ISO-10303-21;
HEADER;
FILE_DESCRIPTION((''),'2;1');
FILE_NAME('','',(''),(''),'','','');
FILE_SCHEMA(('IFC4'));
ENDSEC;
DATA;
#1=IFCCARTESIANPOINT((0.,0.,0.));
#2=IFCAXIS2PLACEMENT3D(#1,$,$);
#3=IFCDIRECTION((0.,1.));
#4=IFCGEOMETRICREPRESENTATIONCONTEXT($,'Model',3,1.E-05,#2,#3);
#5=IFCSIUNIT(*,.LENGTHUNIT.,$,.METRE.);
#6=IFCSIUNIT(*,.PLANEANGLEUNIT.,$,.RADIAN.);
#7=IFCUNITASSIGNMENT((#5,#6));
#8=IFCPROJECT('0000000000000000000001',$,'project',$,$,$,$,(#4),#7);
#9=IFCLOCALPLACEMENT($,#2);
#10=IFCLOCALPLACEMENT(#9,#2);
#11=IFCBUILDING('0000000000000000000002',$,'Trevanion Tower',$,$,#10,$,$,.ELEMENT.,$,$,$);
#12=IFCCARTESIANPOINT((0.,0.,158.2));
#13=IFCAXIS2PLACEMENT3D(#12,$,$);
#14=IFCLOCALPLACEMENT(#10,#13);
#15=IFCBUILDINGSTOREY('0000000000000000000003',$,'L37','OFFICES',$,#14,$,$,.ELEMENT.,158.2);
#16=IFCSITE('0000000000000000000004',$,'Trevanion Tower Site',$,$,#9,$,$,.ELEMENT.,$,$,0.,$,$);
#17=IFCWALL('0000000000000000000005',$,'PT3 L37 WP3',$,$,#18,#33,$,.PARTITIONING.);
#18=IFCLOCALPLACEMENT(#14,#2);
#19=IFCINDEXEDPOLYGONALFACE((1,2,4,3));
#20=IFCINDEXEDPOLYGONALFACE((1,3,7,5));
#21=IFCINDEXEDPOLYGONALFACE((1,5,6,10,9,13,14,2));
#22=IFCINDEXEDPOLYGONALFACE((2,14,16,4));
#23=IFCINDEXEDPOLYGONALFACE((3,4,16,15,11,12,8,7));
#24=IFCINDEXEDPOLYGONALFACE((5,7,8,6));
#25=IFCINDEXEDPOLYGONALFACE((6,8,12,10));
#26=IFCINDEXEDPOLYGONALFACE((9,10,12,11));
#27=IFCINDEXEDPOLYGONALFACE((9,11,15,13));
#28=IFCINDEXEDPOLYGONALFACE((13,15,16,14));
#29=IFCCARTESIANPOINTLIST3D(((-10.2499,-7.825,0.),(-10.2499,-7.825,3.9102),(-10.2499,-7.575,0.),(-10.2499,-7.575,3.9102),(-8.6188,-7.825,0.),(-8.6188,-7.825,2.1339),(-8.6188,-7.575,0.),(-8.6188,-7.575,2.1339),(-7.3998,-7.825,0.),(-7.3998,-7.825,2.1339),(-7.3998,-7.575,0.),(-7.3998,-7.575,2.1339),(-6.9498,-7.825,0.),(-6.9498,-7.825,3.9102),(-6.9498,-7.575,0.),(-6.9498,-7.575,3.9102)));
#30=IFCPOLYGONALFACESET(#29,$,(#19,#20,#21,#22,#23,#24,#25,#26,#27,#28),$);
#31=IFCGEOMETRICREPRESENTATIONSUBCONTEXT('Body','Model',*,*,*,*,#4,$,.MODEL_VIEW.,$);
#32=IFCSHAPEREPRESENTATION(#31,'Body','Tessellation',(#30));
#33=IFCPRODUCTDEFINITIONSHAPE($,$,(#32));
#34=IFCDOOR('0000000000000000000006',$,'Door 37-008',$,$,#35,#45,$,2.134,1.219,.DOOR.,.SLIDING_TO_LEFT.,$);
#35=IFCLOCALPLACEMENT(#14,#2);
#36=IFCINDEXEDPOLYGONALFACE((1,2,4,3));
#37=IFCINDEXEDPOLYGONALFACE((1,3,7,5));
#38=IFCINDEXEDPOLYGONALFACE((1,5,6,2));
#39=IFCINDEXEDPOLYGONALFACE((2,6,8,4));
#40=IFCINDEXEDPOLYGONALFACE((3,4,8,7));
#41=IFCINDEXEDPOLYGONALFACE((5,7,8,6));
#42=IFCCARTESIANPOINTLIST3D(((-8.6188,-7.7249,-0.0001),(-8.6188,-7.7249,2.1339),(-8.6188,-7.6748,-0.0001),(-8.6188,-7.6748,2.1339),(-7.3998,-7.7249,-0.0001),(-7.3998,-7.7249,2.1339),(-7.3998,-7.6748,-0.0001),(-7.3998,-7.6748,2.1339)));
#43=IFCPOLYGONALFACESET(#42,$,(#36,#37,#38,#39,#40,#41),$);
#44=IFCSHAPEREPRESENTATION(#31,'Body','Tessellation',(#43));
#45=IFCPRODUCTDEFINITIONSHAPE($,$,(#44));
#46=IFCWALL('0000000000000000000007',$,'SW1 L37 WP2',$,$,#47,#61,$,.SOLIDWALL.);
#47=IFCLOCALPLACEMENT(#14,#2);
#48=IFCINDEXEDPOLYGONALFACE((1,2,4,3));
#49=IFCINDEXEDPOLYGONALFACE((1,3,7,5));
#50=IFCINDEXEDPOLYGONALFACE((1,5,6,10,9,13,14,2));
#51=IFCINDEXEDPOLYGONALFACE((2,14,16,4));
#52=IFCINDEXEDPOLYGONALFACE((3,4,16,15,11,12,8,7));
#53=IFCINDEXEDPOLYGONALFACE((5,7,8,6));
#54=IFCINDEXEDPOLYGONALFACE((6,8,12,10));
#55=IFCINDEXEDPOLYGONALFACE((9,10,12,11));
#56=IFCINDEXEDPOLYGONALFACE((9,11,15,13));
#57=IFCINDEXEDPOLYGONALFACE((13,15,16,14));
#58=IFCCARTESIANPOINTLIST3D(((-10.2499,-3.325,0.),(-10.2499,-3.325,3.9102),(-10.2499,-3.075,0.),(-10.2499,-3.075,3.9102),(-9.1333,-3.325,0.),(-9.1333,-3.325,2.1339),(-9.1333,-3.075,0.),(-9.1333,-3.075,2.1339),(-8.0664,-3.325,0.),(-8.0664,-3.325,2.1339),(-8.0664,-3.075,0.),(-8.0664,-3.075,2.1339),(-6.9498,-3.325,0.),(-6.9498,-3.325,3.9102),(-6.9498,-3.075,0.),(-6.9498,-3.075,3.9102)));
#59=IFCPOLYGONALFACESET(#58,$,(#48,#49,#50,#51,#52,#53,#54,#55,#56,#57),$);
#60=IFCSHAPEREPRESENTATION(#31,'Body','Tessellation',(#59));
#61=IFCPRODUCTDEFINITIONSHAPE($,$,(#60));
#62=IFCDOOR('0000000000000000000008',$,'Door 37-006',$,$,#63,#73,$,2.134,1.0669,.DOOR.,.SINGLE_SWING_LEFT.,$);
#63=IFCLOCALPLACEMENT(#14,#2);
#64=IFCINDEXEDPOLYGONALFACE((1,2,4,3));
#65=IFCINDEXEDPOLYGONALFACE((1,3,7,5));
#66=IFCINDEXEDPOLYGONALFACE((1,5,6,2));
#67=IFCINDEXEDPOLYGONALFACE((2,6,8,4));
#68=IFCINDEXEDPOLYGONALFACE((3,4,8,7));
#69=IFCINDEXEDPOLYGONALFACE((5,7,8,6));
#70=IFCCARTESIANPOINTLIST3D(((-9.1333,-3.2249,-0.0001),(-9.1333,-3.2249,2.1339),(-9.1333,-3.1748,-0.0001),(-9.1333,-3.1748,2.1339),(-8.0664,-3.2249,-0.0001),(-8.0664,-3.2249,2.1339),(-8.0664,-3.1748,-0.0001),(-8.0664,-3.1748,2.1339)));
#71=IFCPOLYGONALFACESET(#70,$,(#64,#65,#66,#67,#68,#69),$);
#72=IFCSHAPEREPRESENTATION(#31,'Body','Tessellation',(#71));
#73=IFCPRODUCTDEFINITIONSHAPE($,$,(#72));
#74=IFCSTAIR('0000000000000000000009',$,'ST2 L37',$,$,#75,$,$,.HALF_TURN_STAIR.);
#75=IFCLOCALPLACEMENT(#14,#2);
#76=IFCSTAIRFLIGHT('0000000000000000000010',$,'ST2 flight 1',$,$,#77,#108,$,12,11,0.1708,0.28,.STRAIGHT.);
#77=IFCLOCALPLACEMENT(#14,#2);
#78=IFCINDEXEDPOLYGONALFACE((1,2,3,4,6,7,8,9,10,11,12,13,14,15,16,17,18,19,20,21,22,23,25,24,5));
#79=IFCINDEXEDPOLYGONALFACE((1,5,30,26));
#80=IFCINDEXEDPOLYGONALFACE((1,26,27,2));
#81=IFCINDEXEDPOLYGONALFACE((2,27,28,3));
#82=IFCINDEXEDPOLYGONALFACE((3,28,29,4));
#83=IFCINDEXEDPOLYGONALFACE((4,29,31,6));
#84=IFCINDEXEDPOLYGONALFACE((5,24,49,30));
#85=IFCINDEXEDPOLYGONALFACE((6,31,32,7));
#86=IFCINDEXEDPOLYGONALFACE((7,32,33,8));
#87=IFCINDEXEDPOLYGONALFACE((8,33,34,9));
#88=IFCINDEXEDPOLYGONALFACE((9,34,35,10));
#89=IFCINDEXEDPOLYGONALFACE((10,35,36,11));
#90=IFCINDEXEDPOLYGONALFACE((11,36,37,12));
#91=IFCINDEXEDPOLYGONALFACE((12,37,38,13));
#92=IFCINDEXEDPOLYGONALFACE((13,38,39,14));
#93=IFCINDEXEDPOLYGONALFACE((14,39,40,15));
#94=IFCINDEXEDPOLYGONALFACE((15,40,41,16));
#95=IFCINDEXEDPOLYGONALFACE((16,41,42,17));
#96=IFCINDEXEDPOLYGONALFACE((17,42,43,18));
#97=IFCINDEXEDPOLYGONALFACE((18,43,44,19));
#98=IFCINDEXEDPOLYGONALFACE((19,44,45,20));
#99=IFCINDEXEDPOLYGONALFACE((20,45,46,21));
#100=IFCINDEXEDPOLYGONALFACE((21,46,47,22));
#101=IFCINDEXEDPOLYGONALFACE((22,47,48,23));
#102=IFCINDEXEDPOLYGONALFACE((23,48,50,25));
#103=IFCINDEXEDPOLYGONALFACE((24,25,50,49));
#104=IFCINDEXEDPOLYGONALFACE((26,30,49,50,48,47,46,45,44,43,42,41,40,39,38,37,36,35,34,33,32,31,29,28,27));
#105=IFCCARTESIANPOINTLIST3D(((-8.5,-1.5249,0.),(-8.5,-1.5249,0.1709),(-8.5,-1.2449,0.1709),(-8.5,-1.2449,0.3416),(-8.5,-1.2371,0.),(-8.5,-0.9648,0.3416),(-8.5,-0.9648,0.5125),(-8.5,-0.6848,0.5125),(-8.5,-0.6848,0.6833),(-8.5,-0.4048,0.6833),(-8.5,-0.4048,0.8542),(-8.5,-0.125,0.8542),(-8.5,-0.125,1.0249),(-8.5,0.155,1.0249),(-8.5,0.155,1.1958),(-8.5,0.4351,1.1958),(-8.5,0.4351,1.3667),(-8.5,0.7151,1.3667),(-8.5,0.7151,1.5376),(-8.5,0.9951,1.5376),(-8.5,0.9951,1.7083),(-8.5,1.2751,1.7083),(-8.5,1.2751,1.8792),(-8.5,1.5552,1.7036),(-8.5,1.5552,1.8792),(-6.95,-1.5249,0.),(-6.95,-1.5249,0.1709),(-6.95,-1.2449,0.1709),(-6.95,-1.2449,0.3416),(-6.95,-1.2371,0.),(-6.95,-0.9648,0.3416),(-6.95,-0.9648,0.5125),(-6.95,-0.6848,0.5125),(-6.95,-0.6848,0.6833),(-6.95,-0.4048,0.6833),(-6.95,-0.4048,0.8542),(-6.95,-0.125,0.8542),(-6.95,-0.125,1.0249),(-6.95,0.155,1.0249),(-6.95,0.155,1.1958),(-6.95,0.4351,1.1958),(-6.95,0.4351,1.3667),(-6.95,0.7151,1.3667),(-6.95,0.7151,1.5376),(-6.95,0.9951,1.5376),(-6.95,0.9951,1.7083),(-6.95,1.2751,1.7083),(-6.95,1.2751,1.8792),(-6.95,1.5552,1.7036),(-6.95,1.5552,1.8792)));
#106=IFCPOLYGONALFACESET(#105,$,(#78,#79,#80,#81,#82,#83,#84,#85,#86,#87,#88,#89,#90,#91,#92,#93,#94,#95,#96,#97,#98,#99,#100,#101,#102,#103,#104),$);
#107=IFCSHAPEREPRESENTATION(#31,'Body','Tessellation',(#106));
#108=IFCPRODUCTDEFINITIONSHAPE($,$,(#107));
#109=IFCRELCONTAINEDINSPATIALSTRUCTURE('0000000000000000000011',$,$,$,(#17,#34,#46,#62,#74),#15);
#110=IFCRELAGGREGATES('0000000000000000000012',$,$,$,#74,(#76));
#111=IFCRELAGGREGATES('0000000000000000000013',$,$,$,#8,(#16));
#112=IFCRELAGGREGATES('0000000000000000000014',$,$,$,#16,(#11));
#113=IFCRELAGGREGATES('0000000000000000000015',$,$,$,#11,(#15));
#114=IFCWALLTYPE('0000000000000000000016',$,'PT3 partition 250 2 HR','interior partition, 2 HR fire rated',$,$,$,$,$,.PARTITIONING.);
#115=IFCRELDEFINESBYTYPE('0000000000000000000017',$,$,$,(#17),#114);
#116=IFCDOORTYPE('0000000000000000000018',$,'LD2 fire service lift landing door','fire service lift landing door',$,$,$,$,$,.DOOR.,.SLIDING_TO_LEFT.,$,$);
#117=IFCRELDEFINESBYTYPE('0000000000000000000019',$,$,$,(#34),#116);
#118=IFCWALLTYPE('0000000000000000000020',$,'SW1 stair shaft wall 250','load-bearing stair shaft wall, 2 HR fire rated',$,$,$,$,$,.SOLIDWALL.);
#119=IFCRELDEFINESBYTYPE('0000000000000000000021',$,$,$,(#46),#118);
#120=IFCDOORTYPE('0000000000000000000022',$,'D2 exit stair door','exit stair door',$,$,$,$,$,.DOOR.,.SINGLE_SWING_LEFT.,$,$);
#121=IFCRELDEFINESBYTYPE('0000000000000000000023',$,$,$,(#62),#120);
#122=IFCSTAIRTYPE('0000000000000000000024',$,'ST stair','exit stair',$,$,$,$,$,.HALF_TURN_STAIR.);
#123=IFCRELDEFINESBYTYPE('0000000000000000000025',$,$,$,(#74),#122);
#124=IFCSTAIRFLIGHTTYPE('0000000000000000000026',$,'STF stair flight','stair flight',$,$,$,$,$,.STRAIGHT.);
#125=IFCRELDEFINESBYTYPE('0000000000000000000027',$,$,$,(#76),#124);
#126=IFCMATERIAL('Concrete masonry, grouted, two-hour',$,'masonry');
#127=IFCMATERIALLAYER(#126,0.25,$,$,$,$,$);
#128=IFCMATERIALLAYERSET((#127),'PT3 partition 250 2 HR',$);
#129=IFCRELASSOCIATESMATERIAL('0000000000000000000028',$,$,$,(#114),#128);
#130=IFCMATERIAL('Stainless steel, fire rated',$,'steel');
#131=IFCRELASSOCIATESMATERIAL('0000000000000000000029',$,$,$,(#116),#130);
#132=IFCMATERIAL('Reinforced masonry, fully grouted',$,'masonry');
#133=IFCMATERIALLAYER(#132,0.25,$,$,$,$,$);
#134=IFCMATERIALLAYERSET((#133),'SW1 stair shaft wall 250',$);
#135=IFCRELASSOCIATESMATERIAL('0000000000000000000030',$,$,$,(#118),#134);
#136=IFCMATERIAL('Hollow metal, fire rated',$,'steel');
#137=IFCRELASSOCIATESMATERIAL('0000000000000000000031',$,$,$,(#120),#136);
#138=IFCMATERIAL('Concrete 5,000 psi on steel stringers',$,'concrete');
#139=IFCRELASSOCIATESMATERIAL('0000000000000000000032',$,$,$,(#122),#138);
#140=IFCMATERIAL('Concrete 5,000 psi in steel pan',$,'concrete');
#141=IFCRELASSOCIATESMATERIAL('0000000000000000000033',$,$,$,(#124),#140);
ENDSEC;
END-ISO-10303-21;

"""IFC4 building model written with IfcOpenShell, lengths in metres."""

from ifc_helpers import new_model, si_unit, direction, frame, frame_2d, origin, place, context, subcontext, project, spatial, polyline, rectangle, outline, extrude, material, layer, layer_set, type_object, element, fill, aggregate, save


model = new_model("IFC4")

# Units and contexts
model_context = context("Model", 3, precision=1e-05, world=origin(), true_north=direction((0.0, 1.0)))
body_context = subcontext(model_context, "Body", "Model", "MODEL_VIEW")
ifc_project = project(units=[si_unit("LENGTHUNIT", "METRE"), si_unit("PLANEANGLEUNIT", "RADIAN")], contexts=[model_context])

# Site, building, storey
site_placement = place(None, origin())
site = spatial("IfcSite", under=ifc_project, at=site_placement, Name="Trevanion Tower Site", CompositionType="ELEMENT", RefElevation=0.0)
building_placement = place(site_placement, origin())
building = spatial("IfcBuilding", under=site, at=building_placement, Name="Trevanion Tower", CompositionType="ELEMENT")
storey_placement = place(building_placement, frame((0.0, 0.0, 158.2)))
storey = spatial("IfcBuildingStorey", under=building, at=storey_placement, Name="L37", Description="OFFICES", CompositionType="ELEMENT", Elevation=158.2)

# Walls, openings, doors
ifc_material_1 = material(Name="Concrete masonry, grouted, two-hour", Category="masonry")
ifc_layer_1 = layer(ifc_material_1, 0.25)
ifc_layer_set_1 = layer_set([ifc_layer_1], Name="PT3 partition 250 2 HR")
wall_type_1 = type_object("IfcWallType", Name="PT3 partition 250 2 HR", Description="interior partition, 2 HR fire rated", PredefinedType="PARTITIONING", material=ifc_layer_set_1)
wall_1_placement = place(storey_placement, frame((-6.95, -7.7, 0.0), z_axis=(0.0, 0.0, 1.0), x_axis=(-1.0, 0.0, 0.0)))
wall_1 = element("IfcWall", 1, at=wall_1_placement, inside=storey, type_object=wall_type_1, Name="PT3 L37 WP3", PredefinedType="PARTITIONING", context=body_context, shape_type="SweptSolid", body=[
    extrude(rectangle(XDim=3.3, YDim=0.25, at=frame_2d((1.6499, 0.0))), origin(), (0.0, 0.0, 1.0), 3.9102),
])
opening_1_placement = place(wall_1_placement, frame((0.45, 0.0, 0.0)))
opening_1 = element("IfcOpeningElement", 2, at=opening_1_placement, cuts=wall_1, PredefinedType="OPENING", context=body_context, shape_type="SweptSolid", body=[
    extrude(rectangle(XDim=1.219, YDim=2.134, at=frame_2d((0.6094, 1.0669))), frame((0.0, 0.135, 0.0), z_axis=(0.0, -1.0, 0.0), x_axis=(1.0, 0.0, 0.0)), (0.0, 0.0, 1.0), 0.27),
])
ifc_material_2 = material(Name="Stainless steel, fire rated", Category="steel")
door_type_1 = type_object("IfcDoorType", Name="LD2 fire service lift landing door", Description="fire service lift landing door", OperationType="SLIDING_TO_LEFT", PredefinedType="DOOR", material=ifc_material_2)
door_1_placement = place(opening_1_placement, origin())
door_1 = element("IfcDoor", 3, at=door_1_placement, inside=storey, type_object=door_type_1, Name="Door 37-008", OperationType="SLIDING_TO_LEFT", OverallHeight=2.134, OverallWidth=1.219, PredefinedType="DOOR", context=body_context, shape_type="SweptSolid", body=[
    extrude(rectangle(XDim=1.219, YDim=2.134, at=frame_2d((0.6094, 1.0669))), frame((0.0, 0.0249, 0.0), z_axis=(0.0, -1.0, 0.0), x_axis=(1.0, 0.0, 0.0)), (0.0, 0.0, 1.0), 0.05),
])
fill(opening_1, door_1)
ifc_material_3 = material(Name="Reinforced masonry, fully grouted", Category="masonry")
ifc_layer_2 = layer(ifc_material_3, 0.25)
ifc_layer_set_2 = layer_set([ifc_layer_2], Name="SW1 stair shaft wall 250")
wall_type_2 = type_object("IfcWallType", Name="SW1 stair shaft wall 250", Description="load-bearing stair shaft wall, 2 HR fire rated", PredefinedType="SOLIDWALL", material=ifc_layer_set_2)
wall_2_placement = place(storey_placement, frame((-6.95, -3.2, 0.0), z_axis=(0.0, 0.0, 1.0), x_axis=(-1.0, 0.0, 0.0)))
wall_2 = element("IfcWall", 4, at=wall_2_placement, inside=storey, type_object=wall_type_2, Name="SW1 L37 WP2", PredefinedType="SOLIDWALL", context=body_context, shape_type="SweptSolid", body=[
    extrude(rectangle(XDim=3.3, YDim=0.25, at=frame_2d((1.6499, 0.0))), origin(), (0.0, 0.0, 1.0), 3.9102),
])
opening_2_placement = place(wall_2_placement, frame((1.1165, 0.0, 0.0)))
opening_2 = element("IfcOpeningElement", 5, at=opening_2_placement, cuts=wall_2, PredefinedType="OPENING", context=body_context, shape_type="SweptSolid", body=[
    extrude(rectangle(XDim=1.0669, YDim=2.134, at=frame_2d((0.5334, 1.0669))), frame((0.0, 0.135, 0.0), z_axis=(0.0, -1.0, 0.0), x_axis=(1.0, 0.0, 0.0)), (0.0, 0.0, 1.0), 0.27),
])
ifc_material_4 = material(Name="Hollow metal, fire rated", Category="steel")
door_type_2 = type_object("IfcDoorType", Name="D2 exit stair door", Description="exit stair door", OperationType="SINGLE_SWING_LEFT", PredefinedType="DOOR", material=ifc_material_4)
door_2_placement = place(opening_2_placement, origin())
door_2 = element("IfcDoor", 6, at=door_2_placement, inside=storey, type_object=door_type_2, Name="Door 37-006", OperationType="SINGLE_SWING_LEFT", OverallHeight=2.134, OverallWidth=1.0669, PredefinedType="DOOR", context=body_context, shape_type="SweptSolid", body=[
    extrude(rectangle(XDim=1.0669, YDim=2.134, at=frame_2d((0.5334, 1.0669))), frame((0.0, 0.0249, 0.0), z_axis=(0.0, -1.0, 0.0), x_axis=(1.0, 0.0, 0.0)), (0.0, 0.0, 1.0), 0.05),
])
fill(opening_2, door_2)

# Stair, stair flight
ifc_material_5 = material(Name="Concrete 5,000 psi on steel stringers", Category="concrete")
stair_type = type_object("IfcStairType", Name="ST stair", Description="exit stair", PredefinedType="HALF_TURN_STAIR", material=ifc_material_5)
stair_placement = place(storey_placement, origin())
stair = element("IfcStair", 7, at=stair_placement, inside=storey, type_object=stair_type, Name="ST2 L37", PredefinedType="HALF_TURN_STAIR")
ifc_material_6 = material(Name="Concrete 5,000 psi in steel pan", Category="concrete")
stair_flight_type = type_object("IfcStairFlightType", Name="STF stair flight", Description="stair flight", PredefinedType="STRAIGHT", material=ifc_material_6)
stair_flight_placement = place(storey_placement, frame((-7.7251, -1.5249, 0.0), z_axis=(0.0, 0.0, 1.0), x_axis=(0.0, 1.0, 0.0)))
stair_flight = element("IfcStairFlight", 8, at=stair_flight_placement, type_object=stair_flight_type, Name="ST2 flight 1", NumberOfRisers=12, NumberOfTreads=11, PredefinedType="STRAIGHT", RiserHeight=0.1708, TreadLength=0.28, context=body_context, shape_type="SweptSolid", body=[
    extrude(outline(polyline([(0.0, 0.0), (0.0, 0.1709), (0.28, 0.1709), (0.28, 0.3416), (0.5601, 0.3416), (0.5601, 0.5125), (0.8401, 0.5125), (0.8401, 0.6833), (1.1201, 0.6833), (1.1201, 0.8542), (1.3999, 0.8542), (1.3999, 1.0249), (1.6799, 1.0249), (1.6799, 1.1958), (1.96, 1.1958), (1.96, 1.3667), (2.24, 1.3667), (2.24, 1.5376), (2.52, 1.5376), (2.52, 1.7083), (2.8, 1.7083), (2.8, 1.8792), (3.0801, 1.8792), (3.0801, 2.05), (3.0801, 1.7036), (0.2878, 0.0), (0.0, 0.0)])), frame((0.0, 0.7749, 0.0), z_axis=(0.0, -1.0, 0.0), x_axis=(1.0, 0.0, 0.0)), (0.0, 0.0, 1.0), 1.55),
])
aggregate(stair, [stair_flight])

save(model, "model.ifc")
